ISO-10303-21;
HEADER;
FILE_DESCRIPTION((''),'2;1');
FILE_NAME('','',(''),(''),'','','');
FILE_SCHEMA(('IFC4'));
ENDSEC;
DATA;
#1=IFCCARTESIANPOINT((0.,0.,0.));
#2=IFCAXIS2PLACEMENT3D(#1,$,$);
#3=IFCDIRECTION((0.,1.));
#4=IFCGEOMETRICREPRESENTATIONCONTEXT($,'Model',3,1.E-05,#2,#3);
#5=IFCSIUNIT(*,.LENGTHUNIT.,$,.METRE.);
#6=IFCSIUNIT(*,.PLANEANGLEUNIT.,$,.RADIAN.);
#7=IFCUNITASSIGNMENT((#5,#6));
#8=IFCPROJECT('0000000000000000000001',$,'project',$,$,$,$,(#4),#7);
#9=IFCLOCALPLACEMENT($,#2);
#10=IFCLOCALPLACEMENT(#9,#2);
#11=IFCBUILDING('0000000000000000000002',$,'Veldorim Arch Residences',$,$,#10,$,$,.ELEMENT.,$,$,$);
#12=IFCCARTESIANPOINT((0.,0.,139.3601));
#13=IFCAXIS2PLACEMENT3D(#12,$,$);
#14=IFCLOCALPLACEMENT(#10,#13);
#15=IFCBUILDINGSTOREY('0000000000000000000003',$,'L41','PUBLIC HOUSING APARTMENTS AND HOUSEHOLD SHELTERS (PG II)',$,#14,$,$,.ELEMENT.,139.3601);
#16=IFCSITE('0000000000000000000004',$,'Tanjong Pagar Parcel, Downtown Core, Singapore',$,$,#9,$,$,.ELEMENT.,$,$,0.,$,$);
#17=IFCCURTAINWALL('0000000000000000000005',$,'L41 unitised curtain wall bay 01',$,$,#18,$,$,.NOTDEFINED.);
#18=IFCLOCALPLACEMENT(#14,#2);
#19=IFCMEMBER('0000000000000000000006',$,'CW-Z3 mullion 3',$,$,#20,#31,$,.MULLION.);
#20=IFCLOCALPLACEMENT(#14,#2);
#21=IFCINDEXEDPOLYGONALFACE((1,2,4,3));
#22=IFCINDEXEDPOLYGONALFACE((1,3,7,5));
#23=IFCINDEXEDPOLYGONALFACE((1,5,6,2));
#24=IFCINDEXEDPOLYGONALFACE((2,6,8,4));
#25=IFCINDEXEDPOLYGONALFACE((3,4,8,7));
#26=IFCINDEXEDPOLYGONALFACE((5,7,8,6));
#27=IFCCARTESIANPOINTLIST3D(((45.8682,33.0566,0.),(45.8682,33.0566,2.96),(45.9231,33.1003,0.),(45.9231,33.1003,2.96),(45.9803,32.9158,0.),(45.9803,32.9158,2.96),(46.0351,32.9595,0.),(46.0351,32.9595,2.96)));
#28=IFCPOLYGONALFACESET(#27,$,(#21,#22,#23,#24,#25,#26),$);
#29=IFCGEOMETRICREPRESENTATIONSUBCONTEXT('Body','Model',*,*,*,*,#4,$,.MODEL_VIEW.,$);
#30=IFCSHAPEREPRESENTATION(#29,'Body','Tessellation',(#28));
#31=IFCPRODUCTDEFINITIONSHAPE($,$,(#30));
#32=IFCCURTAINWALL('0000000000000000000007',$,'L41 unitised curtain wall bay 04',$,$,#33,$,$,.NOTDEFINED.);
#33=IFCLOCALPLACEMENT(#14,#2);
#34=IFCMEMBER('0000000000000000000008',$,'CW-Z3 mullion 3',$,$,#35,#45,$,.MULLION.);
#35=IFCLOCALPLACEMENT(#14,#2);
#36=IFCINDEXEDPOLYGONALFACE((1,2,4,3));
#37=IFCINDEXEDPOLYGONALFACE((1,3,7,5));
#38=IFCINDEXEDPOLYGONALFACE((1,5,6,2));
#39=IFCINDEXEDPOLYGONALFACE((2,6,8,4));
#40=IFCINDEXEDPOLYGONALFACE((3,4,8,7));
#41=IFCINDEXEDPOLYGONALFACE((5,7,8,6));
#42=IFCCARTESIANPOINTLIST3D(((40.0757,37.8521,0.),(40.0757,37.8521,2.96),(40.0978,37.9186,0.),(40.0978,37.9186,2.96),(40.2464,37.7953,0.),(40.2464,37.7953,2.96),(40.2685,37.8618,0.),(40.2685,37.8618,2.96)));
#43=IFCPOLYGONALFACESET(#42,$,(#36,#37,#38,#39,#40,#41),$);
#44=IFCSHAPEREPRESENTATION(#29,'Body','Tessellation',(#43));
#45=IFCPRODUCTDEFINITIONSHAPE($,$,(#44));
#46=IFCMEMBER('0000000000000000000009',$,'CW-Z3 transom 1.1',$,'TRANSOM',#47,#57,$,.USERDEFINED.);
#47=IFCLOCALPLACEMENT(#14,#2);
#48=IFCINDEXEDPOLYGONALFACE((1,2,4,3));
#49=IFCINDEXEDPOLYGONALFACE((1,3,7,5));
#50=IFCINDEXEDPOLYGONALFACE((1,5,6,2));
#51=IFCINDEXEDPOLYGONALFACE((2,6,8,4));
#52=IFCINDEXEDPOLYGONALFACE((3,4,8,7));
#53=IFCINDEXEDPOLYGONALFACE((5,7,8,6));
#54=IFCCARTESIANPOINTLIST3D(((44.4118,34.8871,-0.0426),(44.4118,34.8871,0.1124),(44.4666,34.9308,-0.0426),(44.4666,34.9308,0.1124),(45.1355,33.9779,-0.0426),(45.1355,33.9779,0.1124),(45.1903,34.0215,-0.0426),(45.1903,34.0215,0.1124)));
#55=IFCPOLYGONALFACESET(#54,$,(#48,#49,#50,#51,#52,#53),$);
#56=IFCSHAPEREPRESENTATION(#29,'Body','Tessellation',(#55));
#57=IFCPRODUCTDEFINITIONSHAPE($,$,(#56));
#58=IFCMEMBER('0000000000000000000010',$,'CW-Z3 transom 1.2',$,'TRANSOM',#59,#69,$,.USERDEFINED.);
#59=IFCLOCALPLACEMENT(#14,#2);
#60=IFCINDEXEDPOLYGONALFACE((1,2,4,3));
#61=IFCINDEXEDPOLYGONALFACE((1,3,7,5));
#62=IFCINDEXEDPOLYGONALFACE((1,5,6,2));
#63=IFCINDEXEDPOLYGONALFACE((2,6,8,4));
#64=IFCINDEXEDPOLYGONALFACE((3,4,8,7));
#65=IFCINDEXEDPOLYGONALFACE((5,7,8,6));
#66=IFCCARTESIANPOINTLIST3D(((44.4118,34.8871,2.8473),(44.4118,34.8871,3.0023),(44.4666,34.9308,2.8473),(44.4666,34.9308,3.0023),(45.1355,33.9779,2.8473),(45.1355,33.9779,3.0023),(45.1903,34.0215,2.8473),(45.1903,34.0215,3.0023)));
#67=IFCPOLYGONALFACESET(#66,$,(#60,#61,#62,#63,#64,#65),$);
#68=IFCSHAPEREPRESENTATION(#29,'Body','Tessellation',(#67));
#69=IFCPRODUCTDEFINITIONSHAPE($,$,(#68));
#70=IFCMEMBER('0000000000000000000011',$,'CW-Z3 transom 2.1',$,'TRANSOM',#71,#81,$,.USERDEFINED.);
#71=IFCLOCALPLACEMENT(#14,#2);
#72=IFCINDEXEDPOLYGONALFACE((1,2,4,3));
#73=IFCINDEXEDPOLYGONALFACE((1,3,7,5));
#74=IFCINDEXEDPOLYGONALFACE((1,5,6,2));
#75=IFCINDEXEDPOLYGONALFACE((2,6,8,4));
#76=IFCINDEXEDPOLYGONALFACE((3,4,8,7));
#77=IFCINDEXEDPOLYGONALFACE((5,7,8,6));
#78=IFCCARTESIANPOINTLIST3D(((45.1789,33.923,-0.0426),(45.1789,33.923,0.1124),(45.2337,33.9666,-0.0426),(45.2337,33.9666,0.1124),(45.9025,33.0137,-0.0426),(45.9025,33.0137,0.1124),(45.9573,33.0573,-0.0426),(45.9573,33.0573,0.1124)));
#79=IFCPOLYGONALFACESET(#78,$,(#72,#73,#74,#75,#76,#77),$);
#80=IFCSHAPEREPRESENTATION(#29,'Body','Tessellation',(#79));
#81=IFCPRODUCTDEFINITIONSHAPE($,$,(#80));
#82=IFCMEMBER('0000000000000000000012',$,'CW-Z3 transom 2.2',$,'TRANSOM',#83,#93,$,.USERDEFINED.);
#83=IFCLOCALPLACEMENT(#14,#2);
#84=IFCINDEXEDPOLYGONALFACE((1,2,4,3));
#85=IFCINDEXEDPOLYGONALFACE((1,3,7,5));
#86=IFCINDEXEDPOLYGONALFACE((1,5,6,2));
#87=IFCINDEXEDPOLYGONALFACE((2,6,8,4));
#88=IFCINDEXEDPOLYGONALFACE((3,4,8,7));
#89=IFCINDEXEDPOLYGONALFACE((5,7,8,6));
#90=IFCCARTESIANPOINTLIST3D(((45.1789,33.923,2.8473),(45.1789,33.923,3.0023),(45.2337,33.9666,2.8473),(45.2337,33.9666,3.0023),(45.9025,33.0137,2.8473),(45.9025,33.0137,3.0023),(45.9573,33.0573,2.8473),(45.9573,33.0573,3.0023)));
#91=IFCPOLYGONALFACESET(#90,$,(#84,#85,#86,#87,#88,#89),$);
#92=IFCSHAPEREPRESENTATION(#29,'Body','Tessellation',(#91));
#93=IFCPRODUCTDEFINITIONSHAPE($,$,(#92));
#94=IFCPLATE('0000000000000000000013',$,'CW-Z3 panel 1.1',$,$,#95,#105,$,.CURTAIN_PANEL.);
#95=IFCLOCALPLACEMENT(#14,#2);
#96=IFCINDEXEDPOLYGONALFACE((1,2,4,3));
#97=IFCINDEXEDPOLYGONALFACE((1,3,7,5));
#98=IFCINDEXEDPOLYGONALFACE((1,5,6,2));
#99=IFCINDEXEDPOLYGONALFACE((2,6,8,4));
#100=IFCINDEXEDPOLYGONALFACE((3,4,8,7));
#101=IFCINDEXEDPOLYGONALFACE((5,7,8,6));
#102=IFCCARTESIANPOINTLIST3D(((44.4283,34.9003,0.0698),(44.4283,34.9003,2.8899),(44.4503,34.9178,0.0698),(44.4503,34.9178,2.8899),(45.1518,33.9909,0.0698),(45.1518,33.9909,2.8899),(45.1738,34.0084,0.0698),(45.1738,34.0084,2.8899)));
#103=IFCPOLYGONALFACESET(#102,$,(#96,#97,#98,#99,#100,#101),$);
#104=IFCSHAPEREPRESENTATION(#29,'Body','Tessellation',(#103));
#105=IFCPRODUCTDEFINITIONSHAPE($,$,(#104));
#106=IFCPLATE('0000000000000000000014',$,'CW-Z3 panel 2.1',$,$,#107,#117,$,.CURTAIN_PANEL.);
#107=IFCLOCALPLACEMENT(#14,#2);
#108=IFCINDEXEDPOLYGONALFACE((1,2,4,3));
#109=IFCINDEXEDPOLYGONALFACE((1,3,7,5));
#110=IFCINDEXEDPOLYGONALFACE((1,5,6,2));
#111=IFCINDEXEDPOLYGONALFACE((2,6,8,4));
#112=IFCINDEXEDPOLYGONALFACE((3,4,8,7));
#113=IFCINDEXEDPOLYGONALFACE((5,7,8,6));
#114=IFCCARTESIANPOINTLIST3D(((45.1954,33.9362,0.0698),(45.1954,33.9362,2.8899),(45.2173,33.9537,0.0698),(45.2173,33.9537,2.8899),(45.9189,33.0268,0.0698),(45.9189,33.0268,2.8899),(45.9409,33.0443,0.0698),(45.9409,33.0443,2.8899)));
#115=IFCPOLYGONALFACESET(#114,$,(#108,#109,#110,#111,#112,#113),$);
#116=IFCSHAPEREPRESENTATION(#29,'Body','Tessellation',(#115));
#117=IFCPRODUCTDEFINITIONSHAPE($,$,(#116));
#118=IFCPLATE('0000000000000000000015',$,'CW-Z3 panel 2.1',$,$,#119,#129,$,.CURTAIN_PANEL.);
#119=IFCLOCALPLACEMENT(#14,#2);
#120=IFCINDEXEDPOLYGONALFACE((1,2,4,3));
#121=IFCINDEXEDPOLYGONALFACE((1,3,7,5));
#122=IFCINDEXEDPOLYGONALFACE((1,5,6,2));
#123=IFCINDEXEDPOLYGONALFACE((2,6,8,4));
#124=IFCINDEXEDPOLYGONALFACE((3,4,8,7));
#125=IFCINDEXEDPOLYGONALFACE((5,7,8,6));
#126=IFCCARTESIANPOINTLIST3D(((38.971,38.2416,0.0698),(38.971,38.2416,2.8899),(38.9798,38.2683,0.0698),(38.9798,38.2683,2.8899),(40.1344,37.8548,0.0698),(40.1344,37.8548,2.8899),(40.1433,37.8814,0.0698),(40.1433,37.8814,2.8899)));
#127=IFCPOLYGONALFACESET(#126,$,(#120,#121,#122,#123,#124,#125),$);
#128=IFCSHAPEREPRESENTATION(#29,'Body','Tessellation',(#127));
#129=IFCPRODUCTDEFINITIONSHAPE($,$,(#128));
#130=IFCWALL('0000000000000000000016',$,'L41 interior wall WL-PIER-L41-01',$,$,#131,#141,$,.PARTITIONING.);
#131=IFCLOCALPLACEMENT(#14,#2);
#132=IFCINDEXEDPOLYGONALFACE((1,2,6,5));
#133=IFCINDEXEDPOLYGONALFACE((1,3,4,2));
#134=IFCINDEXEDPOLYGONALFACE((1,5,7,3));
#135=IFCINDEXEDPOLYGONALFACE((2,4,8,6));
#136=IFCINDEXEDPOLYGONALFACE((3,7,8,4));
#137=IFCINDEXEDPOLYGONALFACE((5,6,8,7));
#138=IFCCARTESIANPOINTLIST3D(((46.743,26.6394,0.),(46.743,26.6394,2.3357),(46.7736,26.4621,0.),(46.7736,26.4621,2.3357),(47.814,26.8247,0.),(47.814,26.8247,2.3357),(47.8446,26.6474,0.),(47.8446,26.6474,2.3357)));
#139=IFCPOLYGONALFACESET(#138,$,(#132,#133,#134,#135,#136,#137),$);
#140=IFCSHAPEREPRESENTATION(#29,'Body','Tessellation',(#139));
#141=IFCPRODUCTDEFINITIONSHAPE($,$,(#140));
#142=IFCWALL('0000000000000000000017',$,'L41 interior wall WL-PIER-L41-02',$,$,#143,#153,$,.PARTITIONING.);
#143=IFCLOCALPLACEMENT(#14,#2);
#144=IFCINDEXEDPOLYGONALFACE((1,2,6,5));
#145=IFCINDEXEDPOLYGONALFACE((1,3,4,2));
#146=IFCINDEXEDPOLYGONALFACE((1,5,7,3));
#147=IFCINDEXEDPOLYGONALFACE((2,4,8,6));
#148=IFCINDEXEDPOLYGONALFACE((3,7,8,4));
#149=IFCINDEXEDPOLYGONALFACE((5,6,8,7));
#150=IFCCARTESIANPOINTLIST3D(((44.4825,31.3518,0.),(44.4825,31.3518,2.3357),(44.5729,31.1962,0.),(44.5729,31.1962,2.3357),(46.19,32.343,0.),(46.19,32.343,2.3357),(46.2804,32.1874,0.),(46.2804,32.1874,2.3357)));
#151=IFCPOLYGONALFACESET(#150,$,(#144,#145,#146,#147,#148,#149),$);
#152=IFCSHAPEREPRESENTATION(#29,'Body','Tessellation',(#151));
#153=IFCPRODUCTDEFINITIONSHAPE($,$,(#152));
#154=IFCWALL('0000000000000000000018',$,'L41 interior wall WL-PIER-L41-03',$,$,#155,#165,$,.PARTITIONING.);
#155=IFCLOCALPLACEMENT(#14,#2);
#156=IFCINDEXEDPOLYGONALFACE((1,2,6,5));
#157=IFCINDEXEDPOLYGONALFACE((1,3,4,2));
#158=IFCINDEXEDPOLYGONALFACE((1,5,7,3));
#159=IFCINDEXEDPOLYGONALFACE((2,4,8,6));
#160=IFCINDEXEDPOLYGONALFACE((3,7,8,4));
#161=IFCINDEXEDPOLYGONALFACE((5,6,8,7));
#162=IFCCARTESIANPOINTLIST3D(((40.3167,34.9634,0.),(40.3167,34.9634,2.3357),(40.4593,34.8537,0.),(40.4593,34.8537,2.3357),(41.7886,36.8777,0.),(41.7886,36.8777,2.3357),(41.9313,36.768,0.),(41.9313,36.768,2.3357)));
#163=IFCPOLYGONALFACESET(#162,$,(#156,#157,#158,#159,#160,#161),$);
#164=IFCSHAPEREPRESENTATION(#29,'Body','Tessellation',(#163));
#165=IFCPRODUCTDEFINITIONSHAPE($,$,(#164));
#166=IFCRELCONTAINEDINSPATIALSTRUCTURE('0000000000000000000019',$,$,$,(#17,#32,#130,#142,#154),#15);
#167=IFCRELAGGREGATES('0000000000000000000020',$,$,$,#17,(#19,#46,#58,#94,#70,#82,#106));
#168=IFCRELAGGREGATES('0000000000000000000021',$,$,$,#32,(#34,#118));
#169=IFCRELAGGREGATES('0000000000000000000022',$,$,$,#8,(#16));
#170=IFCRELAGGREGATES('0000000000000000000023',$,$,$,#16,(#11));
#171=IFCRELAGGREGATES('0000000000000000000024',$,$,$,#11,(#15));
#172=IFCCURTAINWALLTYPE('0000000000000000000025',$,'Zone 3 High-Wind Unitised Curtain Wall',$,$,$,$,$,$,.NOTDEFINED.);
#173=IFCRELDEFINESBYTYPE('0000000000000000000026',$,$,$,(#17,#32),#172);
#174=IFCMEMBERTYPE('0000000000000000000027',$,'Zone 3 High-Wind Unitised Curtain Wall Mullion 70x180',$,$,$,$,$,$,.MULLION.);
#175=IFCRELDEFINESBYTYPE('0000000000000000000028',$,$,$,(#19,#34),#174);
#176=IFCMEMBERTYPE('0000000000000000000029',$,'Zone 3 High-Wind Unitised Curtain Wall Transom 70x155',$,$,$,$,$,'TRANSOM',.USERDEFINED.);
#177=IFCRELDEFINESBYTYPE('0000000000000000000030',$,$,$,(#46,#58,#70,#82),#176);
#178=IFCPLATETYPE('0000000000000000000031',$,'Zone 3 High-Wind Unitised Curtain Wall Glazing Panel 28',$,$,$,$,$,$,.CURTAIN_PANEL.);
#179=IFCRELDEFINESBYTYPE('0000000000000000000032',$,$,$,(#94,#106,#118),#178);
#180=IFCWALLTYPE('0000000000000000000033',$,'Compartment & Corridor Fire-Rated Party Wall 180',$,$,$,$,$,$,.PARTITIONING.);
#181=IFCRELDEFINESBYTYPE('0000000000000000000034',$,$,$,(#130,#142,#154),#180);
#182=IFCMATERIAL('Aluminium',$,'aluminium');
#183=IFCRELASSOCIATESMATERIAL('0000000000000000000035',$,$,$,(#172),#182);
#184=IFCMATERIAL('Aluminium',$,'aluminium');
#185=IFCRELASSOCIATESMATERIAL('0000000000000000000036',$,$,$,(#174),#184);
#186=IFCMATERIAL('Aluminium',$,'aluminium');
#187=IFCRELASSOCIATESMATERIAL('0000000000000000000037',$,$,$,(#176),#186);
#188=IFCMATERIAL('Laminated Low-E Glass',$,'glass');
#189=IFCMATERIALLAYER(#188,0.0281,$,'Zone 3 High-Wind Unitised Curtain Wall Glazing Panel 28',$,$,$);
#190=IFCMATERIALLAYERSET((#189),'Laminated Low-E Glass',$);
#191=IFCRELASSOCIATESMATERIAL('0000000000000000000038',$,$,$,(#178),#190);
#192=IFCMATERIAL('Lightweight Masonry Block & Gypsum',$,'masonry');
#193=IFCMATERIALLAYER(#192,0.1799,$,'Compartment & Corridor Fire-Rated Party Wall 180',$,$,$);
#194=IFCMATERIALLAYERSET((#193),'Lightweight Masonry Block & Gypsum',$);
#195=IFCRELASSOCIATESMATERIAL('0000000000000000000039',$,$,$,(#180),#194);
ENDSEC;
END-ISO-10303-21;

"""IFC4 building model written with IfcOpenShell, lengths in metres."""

from ifc_helpers import new_model, si_unit, direction, frame, frame_2d, origin, origin_2d, place, context, subcontext, project, spatial, rectangle, extrude, material, layer, layer_set, material_profile, profile_set, type_object, element, aggregate, save


model = new_model("IFC4")

# Units and contexts
model_context = context("Model", 3, precision=1e-05, world=origin(), true_north=direction((0.0, 1.0)))
body_context = subcontext(model_context, "Body", "Model", "MODEL_VIEW")
ifc_project = project(units=[si_unit("LENGTHUNIT", "METRE"), si_unit("PLANEANGLEUNIT", "RADIAN")], contexts=[model_context])

# Site, building, storey
site_placement = place(None, origin())
site = spatial("IfcSite", under=ifc_project, at=site_placement, Name="Tanjong Pagar Parcel, Downtown Core, Singapore", CompositionType="ELEMENT", RefElevation=0.0)
building_placement = place(site_placement, origin())
building = spatial("IfcBuilding", under=site, at=building_placement, Name="Veldorim Arch Residences", CompositionType="ELEMENT")
storey_placement = place(building_placement, frame((0.0, 0.0, 139.3601)))
storey = spatial("IfcBuildingStorey", under=building, at=storey_placement, Name="L41", Description="PUBLIC HOUSING APARTMENTS AND HOUSEHOLD SHELTERS (PG II)", CompositionType="ELEMENT", Elevation=139.3601)

# Curtain wall, member
ifc_material_1 = material(Name="Aluminium", Category="aluminium")
curtain_wall_type = type_object("IfcCurtainWallType", Name="Zone 3 High-Wind Unitised Curtain Wall", PredefinedType="NOTDEFINED", material=ifc_material_1)
curtain_wall_1_placement = place(storey_placement, origin())
curtain_wall_1 = element("IfcCurtainWall", 1, at=curtain_wall_1_placement, inside=storey, type_object=curtain_wall_type, Name="L41 unitised curtain wall bay 01", PredefinedType="NOTDEFINED")
ifc_material_2 = material(Name="Aluminium", Category="aluminium")
ifc_material_profile_1 = material_profile(ifc_material_2, rectangle(XDim=0.0701, YDim=0.1799, at=origin_2d()), Name="ALU_MUL_70x180")
ifc_profile_set_1 = profile_set([ifc_material_profile_1], Name="Aluminium")
member_type_1 = type_object("IfcMemberType", Name="Zone 3 High-Wind Unitised Curtain Wall Mullion 70x180", PredefinedType="MULLION", material=ifc_profile_set_1)
member_1_placement = place(storey_placement, frame((45.9517, 33.0081, 0.0), z_axis=(0.0, 0.0, 1.0), x_axis=(0.782556, 0.62258, 0.0)))
member_1 = element("IfcMember", 2, at=member_1_placement, type_object=member_type_1, Name="CW-Z3 mullion 3", PredefinedType="MULLION", context=body_context, shape_type="SweptSolid", body=[
    extrude(rectangle(XDim=0.0701, YDim=0.1799, at=origin_2d()), origin(), (0.0, 0.0, 1.0), 2.96),
])

# Curtain wall, member
curtain_wall_2_placement = place(storey_placement, origin())
curtain_wall_2 = element("IfcCurtainWall", 3, at=curtain_wall_2_placement, inside=storey, type_object=curtain_wall_type, Name="L41 unitised curtain wall bay 04", PredefinedType="NOTDEFINED")
member_2_placement = place(storey_placement, frame((40.1721, 37.8569, 0.0), z_axis=(0.0, 0.0, 1.0), x_axis=(0.315552, 0.948908, 0.0)))
member_2 = element("IfcMember", 4, at=member_2_placement, type_object=member_type_1, Name="CW-Z3 mullion 3", PredefinedType="MULLION", context=body_context, shape_type="SweptSolid", body=[
    extrude(rectangle(XDim=0.0701, YDim=0.1799, at=origin_2d()), origin(), (0.0, 0.0, 1.0), 2.96),
])

# Members
ifc_material_3 = material(Name="Aluminium", Category="aluminium")
ifc_material_profile_2 = material_profile(ifc_material_3, rectangle(XDim=0.0701, YDim=0.155, at=origin_2d()), Name="ALU_TRN_70x155")
ifc_profile_set_2 = profile_set([ifc_material_profile_2], Name="Aluminium")
member_type_2 = type_object("IfcMemberType", Name="Zone 3 High-Wind Unitised Curtain Wall Transom 70x155", ElementType="TRANSOM", PredefinedType="USERDEFINED", material=ifc_profile_set_2)
member_3_placement = place(storey_placement, frame((44.4392, 34.9089, 0.0349), z_axis=(0.622746, -0.782424, 0.0), x_axis=(0.782424, 0.622746, 0.0)))
member_3 = element("IfcMember", 5, at=member_3_placement, type_object=member_type_2, Name="CW-Z3 transom 1.1", ObjectType="TRANSOM", PredefinedType="USERDEFINED", context=body_context, shape_type="SweptSolid", body=[
    extrude(rectangle(XDim=0.0701, YDim=0.155, at=origin_2d()), origin(), (0.0, 0.0, 1.0), 1.1621),
])
member_4_placement = place(storey_placement, frame((44.4392, 34.9089, 2.9248), z_axis=(0.622746, -0.782424, 0.0), x_axis=(0.782424, 0.622746, 0.0)))
member_4 = element("IfcMember", 6, at=member_4_placement, type_object=member_type_2, Name="CW-Z3 transom 1.2", ObjectType="TRANSOM", PredefinedType="USERDEFINED", context=body_context, shape_type="SweptSolid", body=[
    extrude(rectangle(XDim=0.0701, YDim=0.155, at=origin_2d()), origin(), (0.0, 0.0, 1.0), 1.1621),
])
member_5_placement = place(storey_placement, frame((45.2063, 33.9448, 0.0349), z_axis=(0.622643, -0.782506, 0.0), x_axis=(0.782506, 0.622643, 0.0)))
member_5 = element("IfcMember", 7, at=member_5_placement, type_object=member_type_2, Name="CW-Z3 transom 2.1", ObjectType="TRANSOM", PredefinedType="USERDEFINED", context=body_context, shape_type="SweptSolid", body=[
    extrude(rectangle(XDim=0.0701, YDim=0.155, at=origin_2d()), origin(), (0.0, 0.0, 1.0), 1.1621),
])
member_6_placement = place(storey_placement, frame((45.2063, 33.9448, 2.9248), z_axis=(0.622643, -0.782506, 0.0), x_axis=(0.782506, 0.622643, 0.0)))
member_6 = element("IfcMember", 8, at=member_6_placement, type_object=member_type_2, Name="CW-Z3 transom 2.2", ObjectType="TRANSOM", PredefinedType="USERDEFINED", context=body_context, shape_type="SweptSolid", body=[
    extrude(rectangle(XDim=0.0701, YDim=0.155, at=origin_2d()), origin(), (0.0, 0.0, 1.0), 1.1621),
])

# Plates
ifc_material_4 = material(Name="Laminated Low-E Glass", Category="glass")
ifc_layer_1 = layer(ifc_material_4, 0.0281, Name="Zone 3 High-Wind Unitised Curtain Wall Glazing Panel 28")
ifc_layer_set_1 = layer_set([ifc_layer_1], Name="Laminated Low-E Glass")
plate_type = type_object("IfcPlateType", Name="Zone 3 High-Wind Unitised Curtain Wall Glazing Panel 28", PredefinedType="CURTAIN_PANEL", material=ifc_layer_set_1)
plate_1_placement = place(storey_placement, frame((44.801, 34.4543, 0.0698), z_axis=(0.0, 0.0, 1.0), x_axis=(0.62258, -0.782556, 0.0)))
plate_1 = element("IfcPlate", 9, at=plate_1_placement, type_object=plate_type, Name="CW-Z3 panel 1.1", PredefinedType="CURTAIN_PANEL", context=body_context, shape_type="SweptSolid", body=[
    extrude(rectangle(XDim=1.1621, YDim=0.0281, at=origin_2d()), origin(), (0.0, 0.0, 1.0), 2.8201),
])
plate_2_placement = place(storey_placement, frame((45.5681, 33.4902, 0.0698), z_axis=(0.0, 0.0, 1.0), x_axis=(0.62258, -0.782556, 0.0)))
plate_2 = element("IfcPlate", 10, at=plate_2_placement, type_object=plate_type, Name="CW-Z3 panel 2.1", PredefinedType="CURTAIN_PANEL", context=body_context, shape_type="SweptSolid", body=[
    extrude(rectangle(XDim=1.1621, YDim=0.0281, at=origin_2d()), origin(), (0.0, 0.0, 1.0), 2.8201),
])
aggregate(curtain_wall_1, [member_1, member_3, member_4, plate_1, member_5, member_6, plate_2])
plate_3_placement = place(storey_placement, frame((39.5571, 38.0615, 0.0698), z_axis=(0.0, 0.0, 1.0), x_axis=(0.948908, -0.315552, 0.0)))
plate_3 = element("IfcPlate", 11, at=plate_3_placement, type_object=plate_type, Name="CW-Z3 panel 2.1", PredefinedType="CURTAIN_PANEL", context=body_context, shape_type="SweptSolid", body=[
    extrude(rectangle(XDim=1.2261, YDim=0.0281, at=origin_2d()), origin(), (0.0, 0.0, 1.0), 2.8201),
])
aggregate(curtain_wall_2, [member_2, plate_3])

# Walls
ifc_material_5 = material(Name="Lightweight Masonry Block & Gypsum", Category="masonry")
ifc_layer_2 = layer(ifc_material_5, 0.1799, Name="Compartment & Corridor Fire-Rated Party Wall 180")
ifc_layer_set_2 = layer_set([ifc_layer_2], Name="Lightweight Masonry Block & Gypsum")
wall_type_1 = type_object("IfcWallType", Name="Compartment & Corridor Fire-Rated Party Wall 180", PredefinedType="PARTITIONING", material=ifc_layer_set_2)
wall_1_placement = place(storey_placement, frame((46.7583, 26.5508, 0.0), z_axis=(0.0, 0.0, 1.0), x_axis=(0.985361, 0.170479, 0.0)))
element("IfcWall", 12, at=wall_1_placement, inside=storey, type_object=wall_type_1, Name="L41 interior wall WL-PIER-L41-01", PredefinedType="PARTITIONING", context=body_context, shape_type="SweptSolid", body=[
    extrude(rectangle(XDim=1.0869, YDim=0.1799, at=frame_2d((0.5435, 0.0))), origin(), (0.0, 0.0, 1.0), 2.3357),
])
wall_2_placement = place(storey_placement, frame((44.5276, 31.2739, 0.0), z_axis=(0.0, 0.0, 1.0), x_axis=(0.864844, 0.50204, 0.0)))
element("IfcWall", 13, at=wall_2_placement, inside=storey, type_object=wall_type_1, Name="L41 interior wall WL-PIER-L41-02", PredefinedType="PARTITIONING", context=body_context, shape_type="SweptSolid", body=[
    extrude(rectangle(XDim=1.9744, YDim=0.1799, at=frame_2d((0.9873, 0.0))), origin(), (0.0, 0.0, 1.0), 2.3357),
])
wall_3_placement = place(storey_placement, frame((40.3879, 34.9084, 0.0), z_axis=(0.0, 0.0, 1.0), x_axis=(0.60955, 0.792748, 0.0)))
element("IfcWall", 14, at=wall_3_placement, inside=storey, type_object=wall_type_1, Name="L41 interior wall WL-PIER-L41-03", PredefinedType="PARTITIONING", context=body_context, shape_type="SweptSolid", body=[
    extrude(rectangle(XDim=2.4148, YDim=0.1799, at=frame_2d((1.2075, 0.0))), origin(), (0.0, 0.0, 1.0), 2.3357),
])

save(model, "model.ifc")
